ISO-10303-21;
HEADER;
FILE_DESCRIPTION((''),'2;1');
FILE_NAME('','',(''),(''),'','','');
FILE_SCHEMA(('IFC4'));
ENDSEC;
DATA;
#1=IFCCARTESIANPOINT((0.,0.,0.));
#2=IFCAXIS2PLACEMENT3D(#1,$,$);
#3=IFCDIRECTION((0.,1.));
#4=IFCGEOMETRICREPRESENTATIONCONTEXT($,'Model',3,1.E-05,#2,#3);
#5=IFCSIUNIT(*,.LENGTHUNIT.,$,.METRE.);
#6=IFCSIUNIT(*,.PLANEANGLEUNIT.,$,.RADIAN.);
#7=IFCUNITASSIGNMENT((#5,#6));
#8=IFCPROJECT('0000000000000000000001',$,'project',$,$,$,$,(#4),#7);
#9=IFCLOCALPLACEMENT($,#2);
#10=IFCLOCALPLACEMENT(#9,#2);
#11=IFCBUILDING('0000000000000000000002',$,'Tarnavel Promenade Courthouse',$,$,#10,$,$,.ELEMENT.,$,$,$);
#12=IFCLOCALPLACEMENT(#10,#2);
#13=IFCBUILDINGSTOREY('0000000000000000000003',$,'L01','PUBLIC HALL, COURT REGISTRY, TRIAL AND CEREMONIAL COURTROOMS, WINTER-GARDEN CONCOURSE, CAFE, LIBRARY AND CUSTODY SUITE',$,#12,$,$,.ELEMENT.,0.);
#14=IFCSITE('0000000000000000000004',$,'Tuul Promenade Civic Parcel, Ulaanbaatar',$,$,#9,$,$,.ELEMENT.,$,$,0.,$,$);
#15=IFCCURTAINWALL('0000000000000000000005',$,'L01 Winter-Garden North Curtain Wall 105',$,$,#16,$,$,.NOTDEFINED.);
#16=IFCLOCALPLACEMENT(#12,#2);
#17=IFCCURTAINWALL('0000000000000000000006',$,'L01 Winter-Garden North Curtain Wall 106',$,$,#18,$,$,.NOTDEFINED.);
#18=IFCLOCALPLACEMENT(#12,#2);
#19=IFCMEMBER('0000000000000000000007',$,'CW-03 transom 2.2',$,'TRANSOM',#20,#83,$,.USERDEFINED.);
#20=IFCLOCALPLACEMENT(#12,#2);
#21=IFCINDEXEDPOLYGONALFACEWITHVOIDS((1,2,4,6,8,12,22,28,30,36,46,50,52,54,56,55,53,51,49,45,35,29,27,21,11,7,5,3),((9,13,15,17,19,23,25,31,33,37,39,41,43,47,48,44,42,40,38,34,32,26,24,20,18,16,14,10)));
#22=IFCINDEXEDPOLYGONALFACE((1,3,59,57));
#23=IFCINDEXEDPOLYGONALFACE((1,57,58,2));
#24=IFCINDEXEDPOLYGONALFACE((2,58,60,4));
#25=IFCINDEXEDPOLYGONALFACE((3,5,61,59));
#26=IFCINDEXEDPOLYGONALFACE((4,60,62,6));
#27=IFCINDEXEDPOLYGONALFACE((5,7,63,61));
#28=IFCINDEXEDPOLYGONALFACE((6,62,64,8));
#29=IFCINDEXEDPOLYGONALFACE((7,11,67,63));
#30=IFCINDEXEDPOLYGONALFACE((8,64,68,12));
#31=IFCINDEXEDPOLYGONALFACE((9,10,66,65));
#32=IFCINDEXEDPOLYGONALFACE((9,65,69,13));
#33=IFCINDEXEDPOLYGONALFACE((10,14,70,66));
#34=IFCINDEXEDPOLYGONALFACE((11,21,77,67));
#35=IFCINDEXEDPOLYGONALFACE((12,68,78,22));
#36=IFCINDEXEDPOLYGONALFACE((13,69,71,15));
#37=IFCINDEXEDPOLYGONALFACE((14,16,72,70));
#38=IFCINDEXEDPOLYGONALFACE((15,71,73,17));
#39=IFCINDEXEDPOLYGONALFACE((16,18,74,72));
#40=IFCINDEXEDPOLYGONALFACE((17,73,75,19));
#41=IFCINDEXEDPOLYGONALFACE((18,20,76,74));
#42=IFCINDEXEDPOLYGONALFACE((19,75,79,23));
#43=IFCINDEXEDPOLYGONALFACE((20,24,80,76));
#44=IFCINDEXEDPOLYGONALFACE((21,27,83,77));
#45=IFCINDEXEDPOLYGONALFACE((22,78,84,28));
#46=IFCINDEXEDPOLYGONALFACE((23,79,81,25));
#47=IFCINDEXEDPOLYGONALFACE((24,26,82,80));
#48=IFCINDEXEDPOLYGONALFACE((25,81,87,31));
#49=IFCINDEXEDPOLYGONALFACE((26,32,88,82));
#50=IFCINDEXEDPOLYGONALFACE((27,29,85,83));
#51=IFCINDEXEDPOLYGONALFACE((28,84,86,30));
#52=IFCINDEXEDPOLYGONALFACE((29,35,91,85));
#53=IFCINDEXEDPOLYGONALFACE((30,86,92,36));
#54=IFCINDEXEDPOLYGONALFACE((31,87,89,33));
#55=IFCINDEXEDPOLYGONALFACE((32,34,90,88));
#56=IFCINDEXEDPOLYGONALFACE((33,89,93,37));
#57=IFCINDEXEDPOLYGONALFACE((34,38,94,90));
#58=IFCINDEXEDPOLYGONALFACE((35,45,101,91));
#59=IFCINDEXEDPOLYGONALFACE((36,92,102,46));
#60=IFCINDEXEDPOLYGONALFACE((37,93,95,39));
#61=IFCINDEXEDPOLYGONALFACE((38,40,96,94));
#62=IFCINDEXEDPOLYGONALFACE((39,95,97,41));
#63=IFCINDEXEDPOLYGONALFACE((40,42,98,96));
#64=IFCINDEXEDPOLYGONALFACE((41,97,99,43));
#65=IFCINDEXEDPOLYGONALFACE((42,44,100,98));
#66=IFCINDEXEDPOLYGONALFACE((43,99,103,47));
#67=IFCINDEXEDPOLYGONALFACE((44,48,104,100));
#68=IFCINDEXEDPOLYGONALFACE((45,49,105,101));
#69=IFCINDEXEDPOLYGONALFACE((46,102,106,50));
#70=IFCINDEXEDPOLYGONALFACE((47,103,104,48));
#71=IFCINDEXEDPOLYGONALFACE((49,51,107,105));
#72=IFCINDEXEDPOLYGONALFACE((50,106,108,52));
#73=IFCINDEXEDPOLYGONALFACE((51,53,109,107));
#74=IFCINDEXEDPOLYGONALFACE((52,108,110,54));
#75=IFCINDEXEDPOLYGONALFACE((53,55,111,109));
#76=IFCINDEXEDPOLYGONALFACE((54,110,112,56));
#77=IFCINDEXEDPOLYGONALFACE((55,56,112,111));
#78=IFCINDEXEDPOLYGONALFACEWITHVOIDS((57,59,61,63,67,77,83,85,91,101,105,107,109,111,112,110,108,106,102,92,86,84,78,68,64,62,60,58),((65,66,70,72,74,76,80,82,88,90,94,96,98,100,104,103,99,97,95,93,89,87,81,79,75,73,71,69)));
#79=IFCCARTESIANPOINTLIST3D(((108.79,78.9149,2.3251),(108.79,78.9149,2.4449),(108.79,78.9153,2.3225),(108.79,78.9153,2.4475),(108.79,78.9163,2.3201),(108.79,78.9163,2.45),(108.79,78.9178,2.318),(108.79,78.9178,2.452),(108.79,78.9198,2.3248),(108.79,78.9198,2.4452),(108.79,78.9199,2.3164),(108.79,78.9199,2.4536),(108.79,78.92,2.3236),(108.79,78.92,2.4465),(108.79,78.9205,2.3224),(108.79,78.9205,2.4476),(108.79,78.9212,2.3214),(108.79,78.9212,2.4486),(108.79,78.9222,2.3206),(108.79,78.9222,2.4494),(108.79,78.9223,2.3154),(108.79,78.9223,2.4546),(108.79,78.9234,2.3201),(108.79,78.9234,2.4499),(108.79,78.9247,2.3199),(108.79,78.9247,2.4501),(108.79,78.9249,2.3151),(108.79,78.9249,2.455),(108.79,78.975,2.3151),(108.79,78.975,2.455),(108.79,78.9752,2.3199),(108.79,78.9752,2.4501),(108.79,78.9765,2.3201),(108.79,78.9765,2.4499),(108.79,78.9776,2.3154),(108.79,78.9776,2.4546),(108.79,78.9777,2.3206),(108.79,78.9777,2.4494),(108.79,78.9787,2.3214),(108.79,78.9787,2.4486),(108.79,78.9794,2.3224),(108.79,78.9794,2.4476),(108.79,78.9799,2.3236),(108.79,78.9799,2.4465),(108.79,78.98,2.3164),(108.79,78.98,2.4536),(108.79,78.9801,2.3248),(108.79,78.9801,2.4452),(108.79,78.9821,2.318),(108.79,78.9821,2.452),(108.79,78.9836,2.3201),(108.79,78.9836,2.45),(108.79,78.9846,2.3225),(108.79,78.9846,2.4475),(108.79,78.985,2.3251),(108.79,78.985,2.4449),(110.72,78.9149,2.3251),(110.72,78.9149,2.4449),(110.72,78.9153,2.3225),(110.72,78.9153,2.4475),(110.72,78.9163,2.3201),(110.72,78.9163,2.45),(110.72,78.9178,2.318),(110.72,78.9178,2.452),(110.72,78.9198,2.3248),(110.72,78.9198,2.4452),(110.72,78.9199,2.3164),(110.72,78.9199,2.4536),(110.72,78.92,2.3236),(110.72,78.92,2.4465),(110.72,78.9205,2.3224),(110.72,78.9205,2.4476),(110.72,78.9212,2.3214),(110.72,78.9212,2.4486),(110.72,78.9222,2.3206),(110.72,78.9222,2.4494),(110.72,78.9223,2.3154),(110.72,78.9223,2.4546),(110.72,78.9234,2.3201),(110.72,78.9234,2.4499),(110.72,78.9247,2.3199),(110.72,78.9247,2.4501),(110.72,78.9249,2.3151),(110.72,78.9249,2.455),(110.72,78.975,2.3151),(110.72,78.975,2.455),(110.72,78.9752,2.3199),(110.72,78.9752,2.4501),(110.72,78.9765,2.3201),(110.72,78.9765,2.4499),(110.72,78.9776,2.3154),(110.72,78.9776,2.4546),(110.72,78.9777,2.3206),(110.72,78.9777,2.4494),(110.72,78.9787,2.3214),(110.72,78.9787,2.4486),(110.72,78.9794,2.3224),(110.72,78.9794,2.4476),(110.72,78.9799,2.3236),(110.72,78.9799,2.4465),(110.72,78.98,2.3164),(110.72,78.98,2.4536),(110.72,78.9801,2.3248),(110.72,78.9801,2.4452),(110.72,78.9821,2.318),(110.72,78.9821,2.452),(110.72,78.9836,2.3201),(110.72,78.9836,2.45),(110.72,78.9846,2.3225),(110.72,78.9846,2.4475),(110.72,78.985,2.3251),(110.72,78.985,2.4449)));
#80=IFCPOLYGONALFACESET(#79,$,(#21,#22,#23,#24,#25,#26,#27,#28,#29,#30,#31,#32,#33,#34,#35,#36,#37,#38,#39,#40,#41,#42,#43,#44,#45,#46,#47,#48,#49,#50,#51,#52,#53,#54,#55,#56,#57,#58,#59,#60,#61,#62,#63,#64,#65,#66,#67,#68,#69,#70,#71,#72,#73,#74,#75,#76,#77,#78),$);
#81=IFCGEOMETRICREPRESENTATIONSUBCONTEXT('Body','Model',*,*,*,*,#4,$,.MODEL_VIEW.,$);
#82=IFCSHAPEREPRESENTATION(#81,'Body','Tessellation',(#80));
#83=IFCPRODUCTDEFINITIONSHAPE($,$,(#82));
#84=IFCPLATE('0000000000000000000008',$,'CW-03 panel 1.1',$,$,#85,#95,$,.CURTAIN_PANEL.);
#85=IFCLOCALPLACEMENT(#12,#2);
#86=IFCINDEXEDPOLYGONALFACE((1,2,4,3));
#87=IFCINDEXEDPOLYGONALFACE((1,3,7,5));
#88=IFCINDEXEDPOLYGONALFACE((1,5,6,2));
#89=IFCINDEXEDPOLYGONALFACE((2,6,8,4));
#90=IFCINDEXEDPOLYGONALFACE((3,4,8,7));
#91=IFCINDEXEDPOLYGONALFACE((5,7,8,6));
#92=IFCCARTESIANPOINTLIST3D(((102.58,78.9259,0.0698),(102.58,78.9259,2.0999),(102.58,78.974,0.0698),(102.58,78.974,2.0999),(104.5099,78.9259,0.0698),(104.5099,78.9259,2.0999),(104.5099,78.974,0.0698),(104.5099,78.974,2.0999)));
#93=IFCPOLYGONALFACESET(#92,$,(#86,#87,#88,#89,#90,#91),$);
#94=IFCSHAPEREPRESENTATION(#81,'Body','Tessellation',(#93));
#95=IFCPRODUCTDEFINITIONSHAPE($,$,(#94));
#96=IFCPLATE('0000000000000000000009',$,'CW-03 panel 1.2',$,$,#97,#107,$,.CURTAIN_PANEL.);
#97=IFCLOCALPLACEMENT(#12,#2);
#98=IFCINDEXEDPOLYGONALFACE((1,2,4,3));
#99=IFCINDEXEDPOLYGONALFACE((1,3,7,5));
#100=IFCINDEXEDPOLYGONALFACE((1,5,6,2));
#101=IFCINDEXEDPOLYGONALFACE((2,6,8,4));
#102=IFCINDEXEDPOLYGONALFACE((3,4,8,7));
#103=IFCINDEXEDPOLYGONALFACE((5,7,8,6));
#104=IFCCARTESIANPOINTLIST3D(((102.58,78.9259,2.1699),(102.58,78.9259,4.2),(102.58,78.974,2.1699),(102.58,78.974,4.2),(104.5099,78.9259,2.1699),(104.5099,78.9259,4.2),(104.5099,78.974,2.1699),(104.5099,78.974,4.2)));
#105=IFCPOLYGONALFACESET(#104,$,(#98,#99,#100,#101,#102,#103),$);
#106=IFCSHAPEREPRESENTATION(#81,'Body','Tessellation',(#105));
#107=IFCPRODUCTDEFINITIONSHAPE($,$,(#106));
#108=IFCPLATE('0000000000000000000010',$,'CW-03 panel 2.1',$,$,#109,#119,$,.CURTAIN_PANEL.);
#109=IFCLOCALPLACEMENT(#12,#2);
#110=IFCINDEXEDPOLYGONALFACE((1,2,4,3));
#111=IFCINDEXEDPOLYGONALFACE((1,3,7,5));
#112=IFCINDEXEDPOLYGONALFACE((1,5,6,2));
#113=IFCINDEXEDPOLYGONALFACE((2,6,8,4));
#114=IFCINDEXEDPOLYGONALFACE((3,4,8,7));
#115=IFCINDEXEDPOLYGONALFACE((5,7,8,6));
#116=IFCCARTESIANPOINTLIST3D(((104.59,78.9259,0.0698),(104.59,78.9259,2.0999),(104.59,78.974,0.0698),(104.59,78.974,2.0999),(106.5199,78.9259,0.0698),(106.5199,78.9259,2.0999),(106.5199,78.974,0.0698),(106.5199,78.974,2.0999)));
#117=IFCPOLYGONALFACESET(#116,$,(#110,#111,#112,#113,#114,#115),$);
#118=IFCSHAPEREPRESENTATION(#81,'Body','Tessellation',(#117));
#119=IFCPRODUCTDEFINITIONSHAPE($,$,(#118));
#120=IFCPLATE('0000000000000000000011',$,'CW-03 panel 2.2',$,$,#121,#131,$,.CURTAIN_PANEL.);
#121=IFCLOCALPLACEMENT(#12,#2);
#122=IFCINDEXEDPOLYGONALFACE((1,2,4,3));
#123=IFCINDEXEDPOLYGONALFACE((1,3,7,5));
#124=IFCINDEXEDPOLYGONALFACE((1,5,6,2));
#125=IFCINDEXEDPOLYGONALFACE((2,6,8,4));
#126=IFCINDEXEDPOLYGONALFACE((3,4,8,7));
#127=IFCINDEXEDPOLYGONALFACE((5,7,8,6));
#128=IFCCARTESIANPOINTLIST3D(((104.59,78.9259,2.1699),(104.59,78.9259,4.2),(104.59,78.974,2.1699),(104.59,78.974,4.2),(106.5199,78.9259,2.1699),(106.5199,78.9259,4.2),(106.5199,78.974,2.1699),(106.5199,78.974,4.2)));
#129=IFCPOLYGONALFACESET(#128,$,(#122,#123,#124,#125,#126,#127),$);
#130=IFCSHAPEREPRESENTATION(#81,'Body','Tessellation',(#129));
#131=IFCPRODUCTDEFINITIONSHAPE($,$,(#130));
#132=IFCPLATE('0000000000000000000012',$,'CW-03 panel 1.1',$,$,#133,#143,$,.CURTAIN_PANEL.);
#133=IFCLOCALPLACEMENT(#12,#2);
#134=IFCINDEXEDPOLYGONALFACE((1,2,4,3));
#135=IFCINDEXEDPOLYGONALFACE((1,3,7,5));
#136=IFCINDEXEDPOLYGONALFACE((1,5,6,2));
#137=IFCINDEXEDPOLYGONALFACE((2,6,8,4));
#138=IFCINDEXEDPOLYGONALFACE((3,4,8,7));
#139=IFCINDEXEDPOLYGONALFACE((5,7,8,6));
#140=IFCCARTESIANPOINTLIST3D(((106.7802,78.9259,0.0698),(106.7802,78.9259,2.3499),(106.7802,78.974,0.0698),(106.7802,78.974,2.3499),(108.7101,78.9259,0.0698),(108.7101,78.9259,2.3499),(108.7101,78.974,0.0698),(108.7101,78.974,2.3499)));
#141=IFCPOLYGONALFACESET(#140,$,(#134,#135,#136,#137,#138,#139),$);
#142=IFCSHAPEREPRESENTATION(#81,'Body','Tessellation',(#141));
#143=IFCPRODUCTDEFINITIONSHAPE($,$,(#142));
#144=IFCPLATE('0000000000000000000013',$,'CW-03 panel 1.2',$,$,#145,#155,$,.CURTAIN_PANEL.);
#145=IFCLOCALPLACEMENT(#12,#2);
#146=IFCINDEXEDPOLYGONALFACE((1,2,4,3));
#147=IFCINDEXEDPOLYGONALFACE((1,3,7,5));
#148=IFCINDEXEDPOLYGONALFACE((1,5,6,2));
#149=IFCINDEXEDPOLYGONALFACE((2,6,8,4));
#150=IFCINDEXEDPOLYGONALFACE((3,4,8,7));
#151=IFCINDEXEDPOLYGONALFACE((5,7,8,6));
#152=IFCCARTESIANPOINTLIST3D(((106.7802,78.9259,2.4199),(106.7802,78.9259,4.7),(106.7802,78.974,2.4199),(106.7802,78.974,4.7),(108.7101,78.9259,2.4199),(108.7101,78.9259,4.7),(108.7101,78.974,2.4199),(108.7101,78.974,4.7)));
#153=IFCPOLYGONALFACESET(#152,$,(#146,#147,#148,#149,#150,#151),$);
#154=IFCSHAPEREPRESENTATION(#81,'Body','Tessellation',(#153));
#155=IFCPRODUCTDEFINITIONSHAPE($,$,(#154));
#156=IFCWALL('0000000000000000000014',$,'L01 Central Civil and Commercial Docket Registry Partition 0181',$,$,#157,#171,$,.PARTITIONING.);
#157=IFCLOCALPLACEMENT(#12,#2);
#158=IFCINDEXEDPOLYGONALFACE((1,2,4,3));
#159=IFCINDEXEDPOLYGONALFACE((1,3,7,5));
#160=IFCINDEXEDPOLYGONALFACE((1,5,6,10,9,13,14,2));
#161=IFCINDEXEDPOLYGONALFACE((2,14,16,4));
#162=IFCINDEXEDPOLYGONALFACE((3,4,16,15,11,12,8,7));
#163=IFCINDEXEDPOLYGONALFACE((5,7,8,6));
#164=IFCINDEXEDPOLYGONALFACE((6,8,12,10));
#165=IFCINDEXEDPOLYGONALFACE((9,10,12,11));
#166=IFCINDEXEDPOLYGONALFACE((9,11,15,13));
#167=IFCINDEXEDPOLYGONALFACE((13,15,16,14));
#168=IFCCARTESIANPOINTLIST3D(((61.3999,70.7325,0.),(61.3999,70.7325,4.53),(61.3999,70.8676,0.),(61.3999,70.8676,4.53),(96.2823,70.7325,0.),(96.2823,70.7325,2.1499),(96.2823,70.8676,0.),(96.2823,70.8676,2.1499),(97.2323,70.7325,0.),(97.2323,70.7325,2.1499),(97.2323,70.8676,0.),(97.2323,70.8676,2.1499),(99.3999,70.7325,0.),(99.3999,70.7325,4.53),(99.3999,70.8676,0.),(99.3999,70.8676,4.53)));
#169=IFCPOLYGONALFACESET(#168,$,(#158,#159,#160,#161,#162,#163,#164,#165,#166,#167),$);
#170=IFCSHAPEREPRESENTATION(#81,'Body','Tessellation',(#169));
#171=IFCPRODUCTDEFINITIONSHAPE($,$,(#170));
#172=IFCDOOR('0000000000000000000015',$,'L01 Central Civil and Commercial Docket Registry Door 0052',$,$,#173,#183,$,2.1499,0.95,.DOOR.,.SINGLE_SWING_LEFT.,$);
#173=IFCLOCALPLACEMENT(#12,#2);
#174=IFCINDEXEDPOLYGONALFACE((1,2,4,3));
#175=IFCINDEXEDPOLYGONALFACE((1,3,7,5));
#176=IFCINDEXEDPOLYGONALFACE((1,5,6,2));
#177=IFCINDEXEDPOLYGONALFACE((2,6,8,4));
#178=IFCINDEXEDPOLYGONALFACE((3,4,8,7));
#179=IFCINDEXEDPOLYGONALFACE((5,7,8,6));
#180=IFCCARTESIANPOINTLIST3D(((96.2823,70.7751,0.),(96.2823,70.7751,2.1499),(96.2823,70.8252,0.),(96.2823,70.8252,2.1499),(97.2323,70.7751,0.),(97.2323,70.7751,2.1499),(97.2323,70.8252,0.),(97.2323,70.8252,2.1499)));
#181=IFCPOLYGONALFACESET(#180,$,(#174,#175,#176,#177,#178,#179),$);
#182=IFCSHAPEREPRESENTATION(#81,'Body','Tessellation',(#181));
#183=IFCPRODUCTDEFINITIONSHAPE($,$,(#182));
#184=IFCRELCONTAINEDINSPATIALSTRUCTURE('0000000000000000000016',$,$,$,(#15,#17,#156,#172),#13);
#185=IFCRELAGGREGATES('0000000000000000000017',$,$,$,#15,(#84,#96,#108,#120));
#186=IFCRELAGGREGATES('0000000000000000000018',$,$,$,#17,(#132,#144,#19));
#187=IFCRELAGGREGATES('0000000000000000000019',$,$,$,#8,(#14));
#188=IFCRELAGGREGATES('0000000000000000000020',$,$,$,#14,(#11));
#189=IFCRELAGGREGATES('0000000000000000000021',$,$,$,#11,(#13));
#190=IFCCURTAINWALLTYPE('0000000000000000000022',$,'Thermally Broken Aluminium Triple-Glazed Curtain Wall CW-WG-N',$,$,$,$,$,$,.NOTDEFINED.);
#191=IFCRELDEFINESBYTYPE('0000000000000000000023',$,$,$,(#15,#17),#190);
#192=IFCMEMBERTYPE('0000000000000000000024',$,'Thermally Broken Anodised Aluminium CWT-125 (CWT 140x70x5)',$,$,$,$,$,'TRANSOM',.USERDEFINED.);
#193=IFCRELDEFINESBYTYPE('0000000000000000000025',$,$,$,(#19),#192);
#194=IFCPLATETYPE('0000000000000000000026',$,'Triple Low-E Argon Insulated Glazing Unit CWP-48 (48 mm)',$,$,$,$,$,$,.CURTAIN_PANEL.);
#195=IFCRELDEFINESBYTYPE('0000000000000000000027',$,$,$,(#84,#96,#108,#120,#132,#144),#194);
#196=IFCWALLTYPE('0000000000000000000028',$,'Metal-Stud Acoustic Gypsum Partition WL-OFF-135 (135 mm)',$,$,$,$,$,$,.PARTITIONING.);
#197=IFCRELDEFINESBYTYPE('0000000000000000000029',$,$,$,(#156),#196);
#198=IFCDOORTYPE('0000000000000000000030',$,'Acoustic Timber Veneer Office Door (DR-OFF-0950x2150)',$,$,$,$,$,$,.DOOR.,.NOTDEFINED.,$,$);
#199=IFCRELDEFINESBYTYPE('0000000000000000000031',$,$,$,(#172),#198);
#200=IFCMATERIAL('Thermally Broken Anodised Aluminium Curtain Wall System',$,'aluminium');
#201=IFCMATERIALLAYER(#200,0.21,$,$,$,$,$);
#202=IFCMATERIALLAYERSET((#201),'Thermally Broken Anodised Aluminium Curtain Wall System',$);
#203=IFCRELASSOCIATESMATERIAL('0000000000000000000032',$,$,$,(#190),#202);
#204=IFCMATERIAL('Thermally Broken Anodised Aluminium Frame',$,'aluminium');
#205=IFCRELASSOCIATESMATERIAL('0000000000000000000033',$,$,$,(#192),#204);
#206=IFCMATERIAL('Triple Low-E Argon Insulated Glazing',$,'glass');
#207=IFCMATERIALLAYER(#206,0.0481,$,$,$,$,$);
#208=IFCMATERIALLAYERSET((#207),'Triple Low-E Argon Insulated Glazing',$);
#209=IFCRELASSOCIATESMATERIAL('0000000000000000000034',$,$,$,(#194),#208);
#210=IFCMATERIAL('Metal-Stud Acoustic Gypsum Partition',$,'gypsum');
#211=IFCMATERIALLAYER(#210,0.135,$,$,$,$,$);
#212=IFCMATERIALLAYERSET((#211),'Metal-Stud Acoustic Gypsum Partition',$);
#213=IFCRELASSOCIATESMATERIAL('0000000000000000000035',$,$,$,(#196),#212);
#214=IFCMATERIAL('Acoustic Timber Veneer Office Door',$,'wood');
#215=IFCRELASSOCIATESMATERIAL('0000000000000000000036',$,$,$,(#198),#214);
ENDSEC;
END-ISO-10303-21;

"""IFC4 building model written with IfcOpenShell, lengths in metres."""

from ifc_helpers import new_model, si_unit, direction, frame, frame_2d, origin, origin_2d, place, context, subcontext, project, spatial, rectangle, hollow_rectangle, extrude, material, layer, layer_set, material_profile, profile_set, type_object, element, fill, aggregate, save


model = new_model("IFC4")

# Units and contexts
model_context = context("Model", 3, precision=1e-05, world=origin(), true_north=direction((0.0, 1.0)))
body_context = subcontext(model_context, "Body", "Model", "MODEL_VIEW")
ifc_project = project(units=[si_unit("LENGTHUNIT", "METRE"), si_unit("PLANEANGLEUNIT", "RADIAN")], contexts=[model_context])

# Site, building, storey
site_placement = place(None, origin())
site = spatial("IfcSite", under=ifc_project, at=site_placement, Name="Tuul Promenade Civic Parcel, Ulaanbaatar", CompositionType="ELEMENT", RefElevation=0.0)
building_placement = place(site_placement, origin())
building = spatial("IfcBuilding", under=site, at=building_placement, Name="Tarnavel Promenade Courthouse", CompositionType="ELEMENT")
storey_placement = place(building_placement, origin())
storey = spatial("IfcBuildingStorey", under=building, at=storey_placement, Name="L01", Description="PUBLIC HALL, COURT REGISTRY, TRIAL AND CEREMONIAL COURTROOMS, WINTER-GARDEN CONCOURSE, CAFE, LIBRARY AND CUSTODY SUITE", CompositionType="ELEMENT", Elevation=0.0)

# Curtain walls
ifc_material_1 = material(Name="Thermally Broken Anodised Aluminium Curtain Wall System", Category="aluminium")
ifc_layer_1 = layer(ifc_material_1, 0.21)
ifc_layer_set_1 = layer_set([ifc_layer_1], Name="Thermally Broken Anodised Aluminium Curtain Wall System")
curtain_wall_type = type_object("IfcCurtainWallType", Name="Thermally Broken Aluminium Triple-Glazed Curtain Wall CW-WG-N", PredefinedType="NOTDEFINED", material=ifc_layer_set_1)
curtain_wall_1_placement = place(storey_placement, origin())
curtain_wall_1 = element("IfcCurtainWall", 1, at=curtain_wall_1_placement, inside=storey, type_object=curtain_wall_type, Name="L01 Winter-Garden North Curtain Wall 105", PredefinedType="NOTDEFINED")
ifc_material_2 = material(Name="Thermally Broken Anodised Aluminium Frame", Category="aluminium")
curtain_wall_2_placement = place(storey_placement, origin())
curtain_wall_2 = element("IfcCurtainWall", 2, at=curtain_wall_2_placement, inside=storey, type_object=curtain_wall_type, Name="L01 Winter-Garden North Curtain Wall 106", PredefinedType="NOTDEFINED")

# Member
ifc_material_profile_1 = material_profile(ifc_material_2, hollow_rectangle(XDim=0.0701, YDim=0.1399, WallThickness=0.0049, InnerFilletRadius=0.0049, OuterFilletRadius=0.01, at=origin_2d()), Name="CWT 140x70x5")
ifc_profile_set_1 = profile_set([ifc_material_profile_1], Name="Thermally Broken Anodised Aluminium Frame")
member_type_1 = type_object("IfcMemberType", Name="Thermally Broken Anodised Aluminium CWT-125 (CWT 140x70x5)", ElementType="TRANSOM", PredefinedType="USERDEFINED", material=ifc_profile_set_1)
member_1_placement = place(storey_placement, frame((108.79, 78.95, 2.385), z_axis=(1.0, 0.0, 0.0), x_axis=(0.0, 1.0, 0.0)))
member_1 = element("IfcMember", 3, at=member_1_placement, type_object=member_type_1, Name="CW-03 transom 2.2", ObjectType="TRANSOM", PredefinedType="USERDEFINED", context=body_context, shape_type="SweptSolid", body=[
    extrude(hollow_rectangle(XDim=0.0701, YDim=0.1399, WallThickness=0.0049, InnerFilletRadius=0.0049, OuterFilletRadius=0.01, at=origin_2d()), origin(), (0.0, 0.0, 1.0), 1.9299),
])

# Plates
ifc_material_3 = material(Name="Triple Low-E Argon Insulated Glazing", Category="glass")
ifc_layer_2 = layer(ifc_material_3, 0.0481)
ifc_layer_set_2 = layer_set([ifc_layer_2], Name="Triple Low-E Argon Insulated Glazing")
plate_type = type_object("IfcPlateType", Name="Triple Low-E Argon Insulated Glazing Unit CWP-48 (48 mm)", PredefinedType="CURTAIN_PANEL", material=ifc_layer_set_2)
plate_1_placement = place(storey_placement, frame((103.5449, 78.95, 0.0698), z_axis=(0.0, 0.0, 1.0), x_axis=(1.0, 0.0, 0.0)))
plate_1 = element("IfcPlate", 4, at=plate_1_placement, type_object=plate_type, Name="CW-03 panel 1.1", PredefinedType="CURTAIN_PANEL", context=body_context, shape_type="SweptSolid", body=[
    extrude(rectangle(XDim=1.9299, YDim=0.0481, at=origin_2d()), origin(), (0.0, 0.0, 1.0), 2.03),
])
plate_2_placement = place(storey_placement, frame((103.5449, 78.95, 2.1699), z_axis=(0.0, 0.0, 1.0), x_axis=(1.0, 0.0, 0.0)))
plate_2 = element("IfcPlate", 5, at=plate_2_placement, type_object=plate_type, Name="CW-03 panel 1.2", PredefinedType="CURTAIN_PANEL", context=body_context, shape_type="SweptSolid", body=[
    extrude(rectangle(XDim=1.9299, YDim=0.0481, at=origin_2d()), origin(), (0.0, 0.0, 1.0), 2.03),
])
plate_3_placement = place(storey_placement, frame((105.5549, 78.95, 0.0698), z_axis=(0.0, 0.0, 1.0), x_axis=(1.0, 0.0, 0.0)))
plate_3 = element("IfcPlate", 6, at=plate_3_placement, type_object=plate_type, Name="CW-03 panel 2.1", PredefinedType="CURTAIN_PANEL", context=body_context, shape_type="SweptSolid", body=[
    extrude(rectangle(XDim=1.9299, YDim=0.0481, at=origin_2d()), origin(), (0.0, 0.0, 1.0), 2.03),
])
plate_4_placement = place(storey_placement, frame((105.5549, 78.95, 2.1699), z_axis=(0.0, 0.0, 1.0), x_axis=(1.0, 0.0, 0.0)))
plate_4 = element("IfcPlate", 7, at=plate_4_placement, type_object=plate_type, Name="CW-03 panel 2.2", PredefinedType="CURTAIN_PANEL", context=body_context, shape_type="SweptSolid", body=[
    extrude(rectangle(XDim=1.9299, YDim=0.0481, at=origin_2d()), origin(), (0.0, 0.0, 1.0), 2.03),
])
aggregate(curtain_wall_1, [plate_1, plate_2, plate_3, plate_4])
plate_5_placement = place(storey_placement, frame((107.7451, 78.95, 0.0698), z_axis=(0.0, 0.0, 1.0), x_axis=(1.0, 0.0, 0.0)))
plate_5 = element("IfcPlate", 8, at=plate_5_placement, type_object=plate_type, Name="CW-03 panel 1.1", PredefinedType="CURTAIN_PANEL", context=body_context, shape_type="SweptSolid", body=[
    extrude(rectangle(XDim=1.9299, YDim=0.0481, at=origin_2d()), origin(), (0.0, 0.0, 1.0), 2.28),
])
plate_6_placement = place(storey_placement, frame((107.7451, 78.95, 2.4199), z_axis=(0.0, 0.0, 1.0), x_axis=(1.0, 0.0, 0.0)))
plate_6 = element("IfcPlate", 9, at=plate_6_placement, type_object=plate_type, Name="CW-03 panel 1.2", PredefinedType="CURTAIN_PANEL", context=body_context, shape_type="SweptSolid", body=[
    extrude(rectangle(XDim=1.9299, YDim=0.0481, at=origin_2d()), origin(), (0.0, 0.0, 1.0), 2.28),
])
aggregate(curtain_wall_2, [plate_5, plate_6, member_1])

# Wall, opening, door
ifc_material_4 = material(Name="Metal-Stud Acoustic Gypsum Partition", Category="gypsum")
ifc_layer_3 = layer(ifc_material_4, 0.135)
ifc_layer_set_3 = layer_set([ifc_layer_3], Name="Metal-Stud Acoustic Gypsum Partition")
wall_type = type_object("IfcWallType", Name="Metal-Stud Acoustic Gypsum Partition WL-OFF-135 (135 mm)", PredefinedType="PARTITIONING", material=ifc_layer_set_3)
wall_1_placement = place(storey_placement, frame((99.3999, 70.8, 0.0), z_axis=(0.0, 0.0, 1.0), x_axis=(-1.0, 0.0, 0.0)))
wall_1 = element("IfcWall", 10, at=wall_1_placement, inside=storey, type_object=wall_type, Name="L01 Central Civil and Commercial Docket Registry Partition 0181", PredefinedType="PARTITIONING", context=body_context, shape_type="SweptSolid", body=[
    extrude(rectangle(XDim=38.0, YDim=0.135, at=frame_2d((19.0, 0.0))), origin(), (0.0, 0.0, 1.0), 4.53),
])
opening_placement = place(wall_1_placement, frame((2.1675, 0.0, 0.0)))
opening = element("IfcOpeningElement", 11, at=opening_placement, cuts=wall_1, PredefinedType="OPENING", context=body_context, shape_type="SweptSolid", body=[
    extrude(rectangle(XDim=0.95, YDim=2.1499, at=frame_2d((0.4751, 1.075))), frame((0.0, 0.0774, 0.0), z_axis=(0.0, -1.0, 0.0), x_axis=(1.0, 0.0, 0.0)), (0.0, 0.0, 1.0), 0.155),
])
ifc_material_5 = material(Name="Acoustic Timber Veneer Office Door", Category="wood")
door_type = type_object("IfcDoorType", Name="Acoustic Timber Veneer Office Door (DR-OFF-0950x2150)", OperationType="NOTDEFINED", PredefinedType="DOOR", material=ifc_material_5)
door_placement = place(opening_placement, origin())
door = element("IfcDoor", 12, at=door_placement, inside=storey, type_object=door_type, Name="L01 Central Civil and Commercial Docket Registry Door 0052", OperationType="SINGLE_SWING_LEFT", OverallHeight=2.1499, OverallWidth=0.95, PredefinedType="DOOR", context=body_context, shape_type="SweptSolid", body=[
    extrude(rectangle(XDim=0.95, YDim=2.1499, at=frame_2d((0.4751, 1.075))), frame((0.0, 0.0249, 0.0), z_axis=(0.0, -1.0, 0.0), x_axis=(1.0, 0.0, 0.0)), (0.0, 0.0, 1.0), 0.05),
])
fill(opening, door)

save(model, "model.ifc")
